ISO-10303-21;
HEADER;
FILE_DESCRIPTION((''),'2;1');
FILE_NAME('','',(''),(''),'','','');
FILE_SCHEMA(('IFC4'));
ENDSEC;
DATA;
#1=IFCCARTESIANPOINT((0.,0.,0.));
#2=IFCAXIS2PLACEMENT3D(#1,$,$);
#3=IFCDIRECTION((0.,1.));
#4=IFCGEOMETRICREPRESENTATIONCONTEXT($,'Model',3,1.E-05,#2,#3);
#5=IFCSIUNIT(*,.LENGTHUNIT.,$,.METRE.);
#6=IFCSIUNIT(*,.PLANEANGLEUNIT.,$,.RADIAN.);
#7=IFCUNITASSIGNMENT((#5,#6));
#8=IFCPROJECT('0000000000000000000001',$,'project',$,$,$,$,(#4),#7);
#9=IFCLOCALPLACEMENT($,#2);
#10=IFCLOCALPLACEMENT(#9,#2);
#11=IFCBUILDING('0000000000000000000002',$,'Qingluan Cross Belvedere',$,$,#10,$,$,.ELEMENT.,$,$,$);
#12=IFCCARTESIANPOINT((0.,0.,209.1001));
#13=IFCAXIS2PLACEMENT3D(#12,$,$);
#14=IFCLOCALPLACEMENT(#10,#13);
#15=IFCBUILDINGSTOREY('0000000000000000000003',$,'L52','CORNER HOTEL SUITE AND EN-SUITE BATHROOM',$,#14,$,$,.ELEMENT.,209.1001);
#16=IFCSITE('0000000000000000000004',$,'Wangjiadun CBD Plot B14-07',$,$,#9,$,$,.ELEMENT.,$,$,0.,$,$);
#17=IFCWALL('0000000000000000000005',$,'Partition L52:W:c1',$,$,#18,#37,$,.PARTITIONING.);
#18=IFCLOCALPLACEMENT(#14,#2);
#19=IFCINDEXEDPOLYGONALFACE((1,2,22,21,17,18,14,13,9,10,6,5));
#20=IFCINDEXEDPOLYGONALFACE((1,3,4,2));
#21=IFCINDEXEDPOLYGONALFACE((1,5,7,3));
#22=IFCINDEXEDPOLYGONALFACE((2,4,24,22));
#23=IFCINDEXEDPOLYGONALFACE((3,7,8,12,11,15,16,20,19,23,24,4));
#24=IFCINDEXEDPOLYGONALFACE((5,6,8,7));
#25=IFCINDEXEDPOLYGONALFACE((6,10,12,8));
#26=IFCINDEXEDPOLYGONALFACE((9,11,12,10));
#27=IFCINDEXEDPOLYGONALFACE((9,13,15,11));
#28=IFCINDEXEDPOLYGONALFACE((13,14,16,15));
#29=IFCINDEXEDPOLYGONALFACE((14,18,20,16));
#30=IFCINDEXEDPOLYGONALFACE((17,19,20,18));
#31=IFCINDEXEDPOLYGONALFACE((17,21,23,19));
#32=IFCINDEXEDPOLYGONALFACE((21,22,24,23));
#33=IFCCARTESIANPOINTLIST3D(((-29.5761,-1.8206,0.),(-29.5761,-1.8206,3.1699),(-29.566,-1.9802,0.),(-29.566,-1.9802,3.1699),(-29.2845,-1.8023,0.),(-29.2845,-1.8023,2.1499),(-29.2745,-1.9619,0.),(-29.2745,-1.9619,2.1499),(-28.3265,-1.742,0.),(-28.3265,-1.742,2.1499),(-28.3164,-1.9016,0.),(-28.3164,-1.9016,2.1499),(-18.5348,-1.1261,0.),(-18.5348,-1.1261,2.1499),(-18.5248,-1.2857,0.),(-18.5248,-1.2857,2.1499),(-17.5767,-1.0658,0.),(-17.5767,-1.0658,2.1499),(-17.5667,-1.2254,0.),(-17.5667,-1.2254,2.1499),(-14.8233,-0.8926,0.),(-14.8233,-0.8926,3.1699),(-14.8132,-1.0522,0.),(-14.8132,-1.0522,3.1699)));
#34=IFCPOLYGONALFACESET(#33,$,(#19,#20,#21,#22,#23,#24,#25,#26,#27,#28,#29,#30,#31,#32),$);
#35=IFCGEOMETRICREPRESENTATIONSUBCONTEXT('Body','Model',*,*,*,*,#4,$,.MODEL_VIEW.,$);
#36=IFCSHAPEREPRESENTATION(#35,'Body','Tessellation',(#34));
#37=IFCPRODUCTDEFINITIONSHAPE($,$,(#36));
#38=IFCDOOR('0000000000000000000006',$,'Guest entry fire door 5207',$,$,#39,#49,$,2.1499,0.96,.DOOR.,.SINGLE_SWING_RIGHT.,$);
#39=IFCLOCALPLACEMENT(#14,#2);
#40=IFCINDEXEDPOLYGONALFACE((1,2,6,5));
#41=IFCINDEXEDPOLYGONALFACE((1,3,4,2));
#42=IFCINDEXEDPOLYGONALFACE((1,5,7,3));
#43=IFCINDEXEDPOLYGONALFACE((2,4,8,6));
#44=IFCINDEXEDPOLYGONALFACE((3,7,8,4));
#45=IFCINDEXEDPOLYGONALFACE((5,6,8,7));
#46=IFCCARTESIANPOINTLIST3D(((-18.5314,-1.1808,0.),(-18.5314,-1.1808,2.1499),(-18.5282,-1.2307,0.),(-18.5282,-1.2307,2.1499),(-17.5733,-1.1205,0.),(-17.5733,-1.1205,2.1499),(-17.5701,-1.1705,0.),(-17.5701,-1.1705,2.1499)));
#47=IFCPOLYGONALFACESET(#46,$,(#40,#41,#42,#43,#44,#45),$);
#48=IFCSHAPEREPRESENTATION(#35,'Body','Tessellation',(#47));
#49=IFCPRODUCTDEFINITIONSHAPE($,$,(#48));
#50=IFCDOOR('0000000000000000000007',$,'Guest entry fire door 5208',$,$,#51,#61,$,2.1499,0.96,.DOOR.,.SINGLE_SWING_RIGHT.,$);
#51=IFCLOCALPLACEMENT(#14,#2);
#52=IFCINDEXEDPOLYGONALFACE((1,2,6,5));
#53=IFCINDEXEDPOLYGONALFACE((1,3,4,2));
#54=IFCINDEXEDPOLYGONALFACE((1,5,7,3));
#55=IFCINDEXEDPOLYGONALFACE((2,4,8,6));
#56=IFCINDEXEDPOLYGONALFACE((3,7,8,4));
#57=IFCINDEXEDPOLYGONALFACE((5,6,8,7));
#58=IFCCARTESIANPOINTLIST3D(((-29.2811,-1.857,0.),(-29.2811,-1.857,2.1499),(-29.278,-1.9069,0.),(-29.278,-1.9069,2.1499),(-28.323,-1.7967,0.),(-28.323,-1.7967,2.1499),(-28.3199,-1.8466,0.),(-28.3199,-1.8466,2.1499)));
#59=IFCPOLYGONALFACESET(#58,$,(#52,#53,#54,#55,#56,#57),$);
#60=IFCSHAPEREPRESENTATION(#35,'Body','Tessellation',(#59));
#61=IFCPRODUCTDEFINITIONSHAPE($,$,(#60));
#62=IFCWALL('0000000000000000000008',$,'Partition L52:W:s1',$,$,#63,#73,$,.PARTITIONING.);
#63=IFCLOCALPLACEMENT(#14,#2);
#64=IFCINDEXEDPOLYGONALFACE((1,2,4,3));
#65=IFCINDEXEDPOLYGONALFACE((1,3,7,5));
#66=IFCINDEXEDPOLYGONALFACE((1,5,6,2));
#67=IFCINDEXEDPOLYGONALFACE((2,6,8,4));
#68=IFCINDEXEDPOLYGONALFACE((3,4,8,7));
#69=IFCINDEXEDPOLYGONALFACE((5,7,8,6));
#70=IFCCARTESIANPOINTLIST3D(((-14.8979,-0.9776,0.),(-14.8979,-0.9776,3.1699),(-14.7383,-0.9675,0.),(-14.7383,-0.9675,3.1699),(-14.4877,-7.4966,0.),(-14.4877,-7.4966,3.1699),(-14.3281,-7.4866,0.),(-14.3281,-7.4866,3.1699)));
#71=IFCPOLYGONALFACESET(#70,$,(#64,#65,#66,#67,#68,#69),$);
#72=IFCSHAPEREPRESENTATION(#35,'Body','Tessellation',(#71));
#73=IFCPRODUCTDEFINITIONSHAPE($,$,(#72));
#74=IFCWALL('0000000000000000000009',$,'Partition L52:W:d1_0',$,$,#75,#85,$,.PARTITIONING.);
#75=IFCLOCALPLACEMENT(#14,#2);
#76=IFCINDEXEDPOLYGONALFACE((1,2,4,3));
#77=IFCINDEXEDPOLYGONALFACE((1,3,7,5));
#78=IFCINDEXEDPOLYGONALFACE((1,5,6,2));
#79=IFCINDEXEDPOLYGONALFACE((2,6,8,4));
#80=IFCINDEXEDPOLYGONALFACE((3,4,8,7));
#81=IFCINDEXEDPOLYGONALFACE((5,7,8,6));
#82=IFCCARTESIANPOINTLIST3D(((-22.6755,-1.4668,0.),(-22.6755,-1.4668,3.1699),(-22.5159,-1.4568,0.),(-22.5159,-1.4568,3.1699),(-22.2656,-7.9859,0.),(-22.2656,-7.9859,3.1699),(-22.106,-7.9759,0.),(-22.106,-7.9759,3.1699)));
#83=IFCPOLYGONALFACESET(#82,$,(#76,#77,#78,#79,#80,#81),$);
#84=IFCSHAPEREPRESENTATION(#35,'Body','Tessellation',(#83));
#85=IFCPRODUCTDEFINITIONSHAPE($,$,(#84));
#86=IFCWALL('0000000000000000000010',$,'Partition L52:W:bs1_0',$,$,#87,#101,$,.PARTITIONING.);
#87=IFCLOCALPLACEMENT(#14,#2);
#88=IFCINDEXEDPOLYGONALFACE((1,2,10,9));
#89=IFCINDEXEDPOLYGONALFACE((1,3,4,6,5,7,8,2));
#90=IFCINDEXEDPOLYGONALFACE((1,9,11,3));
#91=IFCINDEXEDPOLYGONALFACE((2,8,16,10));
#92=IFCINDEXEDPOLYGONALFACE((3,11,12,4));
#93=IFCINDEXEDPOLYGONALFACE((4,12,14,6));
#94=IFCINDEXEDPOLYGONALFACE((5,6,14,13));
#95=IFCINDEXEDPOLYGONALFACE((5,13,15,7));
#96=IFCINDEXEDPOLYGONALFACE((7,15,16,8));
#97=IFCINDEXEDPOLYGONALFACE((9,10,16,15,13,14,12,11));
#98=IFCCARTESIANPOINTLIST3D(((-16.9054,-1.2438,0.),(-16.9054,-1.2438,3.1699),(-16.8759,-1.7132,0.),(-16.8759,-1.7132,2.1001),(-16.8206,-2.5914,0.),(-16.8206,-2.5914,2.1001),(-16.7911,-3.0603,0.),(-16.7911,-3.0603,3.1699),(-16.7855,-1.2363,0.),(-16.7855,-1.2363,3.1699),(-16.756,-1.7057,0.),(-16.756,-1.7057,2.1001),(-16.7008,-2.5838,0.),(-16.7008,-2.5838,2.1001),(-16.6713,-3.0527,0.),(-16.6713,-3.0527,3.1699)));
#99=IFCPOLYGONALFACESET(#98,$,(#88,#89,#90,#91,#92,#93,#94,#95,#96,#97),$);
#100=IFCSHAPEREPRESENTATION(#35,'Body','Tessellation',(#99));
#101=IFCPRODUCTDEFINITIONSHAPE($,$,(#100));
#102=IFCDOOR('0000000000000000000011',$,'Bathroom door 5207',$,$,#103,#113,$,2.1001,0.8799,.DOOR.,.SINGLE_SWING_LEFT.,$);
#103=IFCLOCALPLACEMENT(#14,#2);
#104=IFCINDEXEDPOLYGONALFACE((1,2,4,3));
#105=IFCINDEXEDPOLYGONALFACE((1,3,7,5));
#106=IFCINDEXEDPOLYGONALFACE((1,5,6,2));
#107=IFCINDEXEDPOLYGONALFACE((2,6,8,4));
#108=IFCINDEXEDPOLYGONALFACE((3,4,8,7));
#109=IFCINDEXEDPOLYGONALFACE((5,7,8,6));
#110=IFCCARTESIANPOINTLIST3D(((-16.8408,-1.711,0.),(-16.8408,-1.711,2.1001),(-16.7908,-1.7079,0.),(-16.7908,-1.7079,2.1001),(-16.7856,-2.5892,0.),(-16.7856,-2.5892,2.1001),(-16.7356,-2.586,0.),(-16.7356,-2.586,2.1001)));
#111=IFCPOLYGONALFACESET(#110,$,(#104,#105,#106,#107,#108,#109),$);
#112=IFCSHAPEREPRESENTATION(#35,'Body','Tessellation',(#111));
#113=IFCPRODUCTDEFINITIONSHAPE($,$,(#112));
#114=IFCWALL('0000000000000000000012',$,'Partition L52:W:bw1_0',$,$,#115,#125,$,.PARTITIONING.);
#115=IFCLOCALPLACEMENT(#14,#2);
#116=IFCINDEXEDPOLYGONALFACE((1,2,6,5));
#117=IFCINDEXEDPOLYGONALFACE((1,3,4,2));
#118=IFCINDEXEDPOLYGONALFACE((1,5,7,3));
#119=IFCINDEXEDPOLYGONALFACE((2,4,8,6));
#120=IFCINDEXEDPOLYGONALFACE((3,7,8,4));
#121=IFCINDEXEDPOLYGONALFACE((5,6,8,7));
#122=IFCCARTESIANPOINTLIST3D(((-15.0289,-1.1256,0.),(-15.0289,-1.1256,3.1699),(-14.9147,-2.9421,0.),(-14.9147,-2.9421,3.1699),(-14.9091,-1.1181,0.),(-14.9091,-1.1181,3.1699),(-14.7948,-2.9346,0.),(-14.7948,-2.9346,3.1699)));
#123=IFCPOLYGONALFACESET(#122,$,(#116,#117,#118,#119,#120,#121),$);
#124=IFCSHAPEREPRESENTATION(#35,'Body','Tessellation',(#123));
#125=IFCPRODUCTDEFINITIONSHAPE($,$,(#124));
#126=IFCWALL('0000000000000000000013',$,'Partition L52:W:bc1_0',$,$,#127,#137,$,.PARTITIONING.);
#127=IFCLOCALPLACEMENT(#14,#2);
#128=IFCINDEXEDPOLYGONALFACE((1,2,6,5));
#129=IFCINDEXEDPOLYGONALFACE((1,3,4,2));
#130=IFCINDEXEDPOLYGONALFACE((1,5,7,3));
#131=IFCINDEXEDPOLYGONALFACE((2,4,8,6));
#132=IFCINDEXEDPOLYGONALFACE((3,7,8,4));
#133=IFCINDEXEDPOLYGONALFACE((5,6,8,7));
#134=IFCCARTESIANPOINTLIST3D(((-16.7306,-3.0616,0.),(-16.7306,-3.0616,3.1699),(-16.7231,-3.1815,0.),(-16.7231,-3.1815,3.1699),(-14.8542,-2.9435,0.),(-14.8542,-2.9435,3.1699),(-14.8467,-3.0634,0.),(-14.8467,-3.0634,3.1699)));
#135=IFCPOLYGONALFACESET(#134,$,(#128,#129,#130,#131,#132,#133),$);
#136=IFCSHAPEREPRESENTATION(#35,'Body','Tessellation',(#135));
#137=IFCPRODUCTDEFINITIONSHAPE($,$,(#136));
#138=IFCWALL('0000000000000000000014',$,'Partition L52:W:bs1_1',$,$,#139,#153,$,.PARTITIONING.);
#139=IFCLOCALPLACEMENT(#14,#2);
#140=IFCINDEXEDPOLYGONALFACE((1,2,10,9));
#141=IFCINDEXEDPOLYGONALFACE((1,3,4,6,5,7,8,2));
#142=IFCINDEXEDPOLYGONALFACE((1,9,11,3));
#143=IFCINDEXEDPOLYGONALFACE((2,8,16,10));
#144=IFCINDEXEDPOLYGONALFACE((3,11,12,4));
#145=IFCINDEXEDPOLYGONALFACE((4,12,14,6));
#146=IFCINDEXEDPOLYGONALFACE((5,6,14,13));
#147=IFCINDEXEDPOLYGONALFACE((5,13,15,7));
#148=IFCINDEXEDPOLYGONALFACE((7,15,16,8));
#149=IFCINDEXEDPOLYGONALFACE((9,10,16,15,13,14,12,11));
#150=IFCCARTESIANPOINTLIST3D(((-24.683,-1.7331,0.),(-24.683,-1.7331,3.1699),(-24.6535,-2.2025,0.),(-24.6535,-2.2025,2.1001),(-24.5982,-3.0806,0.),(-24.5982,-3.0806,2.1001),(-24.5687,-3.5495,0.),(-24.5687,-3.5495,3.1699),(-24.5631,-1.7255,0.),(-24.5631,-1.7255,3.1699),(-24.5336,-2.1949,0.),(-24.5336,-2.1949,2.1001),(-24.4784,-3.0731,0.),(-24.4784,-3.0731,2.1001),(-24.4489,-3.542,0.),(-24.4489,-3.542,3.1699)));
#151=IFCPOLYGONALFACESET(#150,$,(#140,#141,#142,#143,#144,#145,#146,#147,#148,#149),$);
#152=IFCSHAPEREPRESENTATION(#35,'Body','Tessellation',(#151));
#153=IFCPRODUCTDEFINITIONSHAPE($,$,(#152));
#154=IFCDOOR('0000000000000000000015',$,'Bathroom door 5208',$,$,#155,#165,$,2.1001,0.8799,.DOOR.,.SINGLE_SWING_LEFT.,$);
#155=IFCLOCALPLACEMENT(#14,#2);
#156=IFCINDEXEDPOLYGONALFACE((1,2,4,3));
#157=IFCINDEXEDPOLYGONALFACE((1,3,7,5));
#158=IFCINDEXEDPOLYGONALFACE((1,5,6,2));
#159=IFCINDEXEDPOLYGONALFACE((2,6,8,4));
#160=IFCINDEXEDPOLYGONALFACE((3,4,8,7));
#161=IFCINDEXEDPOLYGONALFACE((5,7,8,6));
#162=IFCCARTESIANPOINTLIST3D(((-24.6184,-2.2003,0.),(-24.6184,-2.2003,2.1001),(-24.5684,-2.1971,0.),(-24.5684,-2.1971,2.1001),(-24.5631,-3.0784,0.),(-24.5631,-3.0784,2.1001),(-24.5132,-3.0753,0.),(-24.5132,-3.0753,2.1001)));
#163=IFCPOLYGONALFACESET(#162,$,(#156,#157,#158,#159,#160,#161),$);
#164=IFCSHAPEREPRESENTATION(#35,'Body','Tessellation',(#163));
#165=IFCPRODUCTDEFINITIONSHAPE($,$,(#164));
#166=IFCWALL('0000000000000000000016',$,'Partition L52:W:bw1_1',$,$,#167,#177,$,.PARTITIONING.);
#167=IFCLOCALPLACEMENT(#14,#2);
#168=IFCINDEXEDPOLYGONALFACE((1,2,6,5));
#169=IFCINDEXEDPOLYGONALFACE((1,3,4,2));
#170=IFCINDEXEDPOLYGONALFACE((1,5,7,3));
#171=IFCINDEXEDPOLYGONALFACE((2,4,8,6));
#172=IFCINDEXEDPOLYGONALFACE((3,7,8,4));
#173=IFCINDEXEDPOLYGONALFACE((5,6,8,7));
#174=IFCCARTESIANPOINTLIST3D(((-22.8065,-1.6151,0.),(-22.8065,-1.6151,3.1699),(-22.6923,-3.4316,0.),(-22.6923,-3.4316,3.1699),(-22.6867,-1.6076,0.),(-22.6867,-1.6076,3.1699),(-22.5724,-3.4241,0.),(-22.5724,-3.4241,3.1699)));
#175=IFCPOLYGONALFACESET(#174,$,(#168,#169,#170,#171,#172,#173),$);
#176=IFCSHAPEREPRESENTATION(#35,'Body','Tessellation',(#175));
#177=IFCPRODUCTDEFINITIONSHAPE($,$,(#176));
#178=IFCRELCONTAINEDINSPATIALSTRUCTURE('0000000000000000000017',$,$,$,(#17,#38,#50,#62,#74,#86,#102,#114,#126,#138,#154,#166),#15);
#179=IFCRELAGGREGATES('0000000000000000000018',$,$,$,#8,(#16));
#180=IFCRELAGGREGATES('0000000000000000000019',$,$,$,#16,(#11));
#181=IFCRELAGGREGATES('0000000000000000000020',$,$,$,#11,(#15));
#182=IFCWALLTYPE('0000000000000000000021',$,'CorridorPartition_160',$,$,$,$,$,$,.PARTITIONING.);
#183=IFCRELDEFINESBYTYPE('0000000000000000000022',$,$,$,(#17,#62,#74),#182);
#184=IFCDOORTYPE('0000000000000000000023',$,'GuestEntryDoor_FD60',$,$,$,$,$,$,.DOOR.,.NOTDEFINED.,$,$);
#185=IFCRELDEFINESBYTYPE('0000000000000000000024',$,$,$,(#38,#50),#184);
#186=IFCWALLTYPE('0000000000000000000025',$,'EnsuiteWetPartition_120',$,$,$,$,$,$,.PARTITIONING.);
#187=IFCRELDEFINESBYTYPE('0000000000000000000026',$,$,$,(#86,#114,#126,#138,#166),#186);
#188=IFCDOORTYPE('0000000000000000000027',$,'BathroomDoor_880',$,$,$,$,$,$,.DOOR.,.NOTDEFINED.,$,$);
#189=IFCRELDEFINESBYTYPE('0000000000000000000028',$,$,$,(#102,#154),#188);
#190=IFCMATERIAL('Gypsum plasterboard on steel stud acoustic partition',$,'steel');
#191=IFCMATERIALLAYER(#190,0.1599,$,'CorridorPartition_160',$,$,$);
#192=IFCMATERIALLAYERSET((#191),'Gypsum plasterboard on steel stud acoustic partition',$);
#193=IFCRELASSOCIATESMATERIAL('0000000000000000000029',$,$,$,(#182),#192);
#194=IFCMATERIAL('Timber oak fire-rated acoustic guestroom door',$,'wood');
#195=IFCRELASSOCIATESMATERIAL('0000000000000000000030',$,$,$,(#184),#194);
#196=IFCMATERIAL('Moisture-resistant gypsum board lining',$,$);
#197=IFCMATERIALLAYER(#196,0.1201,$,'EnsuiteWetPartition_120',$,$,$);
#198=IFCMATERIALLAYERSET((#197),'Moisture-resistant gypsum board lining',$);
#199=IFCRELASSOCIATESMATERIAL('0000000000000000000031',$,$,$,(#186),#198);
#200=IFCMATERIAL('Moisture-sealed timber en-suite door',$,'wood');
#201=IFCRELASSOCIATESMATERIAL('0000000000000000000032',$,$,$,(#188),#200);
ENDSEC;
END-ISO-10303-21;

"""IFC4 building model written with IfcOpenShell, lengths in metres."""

from ifc_helpers import new_model, si_unit, direction, frame, frame_2d, origin, place, context, subcontext, project, spatial, rectangle, extrude, material, layer, layer_set, type_object, element, fill, save


model = new_model("IFC4")

# Units and contexts
model_context = context("Model", 3, precision=1e-05, world=origin(), true_north=direction((0.0, 1.0)))
body_context = subcontext(model_context, "Body", "Model", "MODEL_VIEW")
ifc_project = project(units=[si_unit("LENGTHUNIT", "METRE"), si_unit("PLANEANGLEUNIT", "RADIAN")], contexts=[model_context])

# Site, building, storey
site_placement = place(None, origin())
site = spatial("IfcSite", under=ifc_project, at=site_placement, Name="Wangjiadun CBD Plot B14-07", CompositionType="ELEMENT", RefElevation=0.0)
building_placement = place(site_placement, origin())
building = spatial("IfcBuilding", under=site, at=building_placement, Name="Qingluan Cross Belvedere", CompositionType="ELEMENT")
storey_placement = place(building_placement, frame((0.0, 0.0, 209.1001)))
storey = spatial("IfcBuildingStorey", under=building, at=storey_placement, Name="L52", Description="CORNER HOTEL SUITE AND EN-SUITE BATHROOM", CompositionType="ELEMENT", Elevation=209.1001)

# Shared definitions
ifc_material_1 = material(Name="Gypsum plasterboard on steel stud acoustic partition", Category="steel")
ifc_layer_1 = layer(ifc_material_1, 0.1599, Name="CorridorPartition_160")
ifc_layer_set_1 = layer_set([ifc_layer_1], Name="Gypsum plasterboard on steel stud acoustic partition")
wall_type_1 = type_object("IfcWallType", Name="CorridorPartition_160", PredefinedType="PARTITIONING", material=ifc_layer_set_1)

# Wall, openings, doors
wall_1_placement = place(storey_placement, frame((-14.8181, -0.9724, 0.0), z_axis=(0.0, 0.0, 1.0), x_axis=(-0.998028, -0.062777, 0.0)))
wall_1 = element("IfcWall", 1, at=wall_1_placement, inside=storey, type_object=wall_type_1, Name="Partition L52:W:c1", PredefinedType="PARTITIONING", context=body_context, shape_type="SweptSolid", body=[
    extrude(rectangle(XDim=14.782, YDim=0.1599, at=frame_2d((7.3911, 0.0))), origin(), (0.0, 0.0, 1.0), 3.1699),
])
opening_1_placement = place(wall_1_placement, frame((2.759, 0.0, 0.0)))
opening_1 = element("IfcOpeningElement", 2, at=opening_1_placement, cuts=wall_1, PredefinedType="OPENING", context=body_context, shape_type="SweptSolid", body=[
    extrude(rectangle(XDim=0.96, YDim=2.1499, at=frame_2d((0.48, 1.075))), frame((0.0, 0.0898, 0.0), z_axis=(0.0, -1.0, 0.0), x_axis=(1.0, 0.0, 0.0)), (0.0, 0.0, 1.0), 0.1799),
])
opening_2_placement = place(wall_1_placement, frame((13.53, 0.0, 0.0)))
opening_2 = element("IfcOpeningElement", 3, at=opening_2_placement, cuts=wall_1, PredefinedType="OPENING", context=body_context, shape_type="SweptSolid", body=[
    extrude(rectangle(XDim=0.96, YDim=2.1499, at=frame_2d((0.48, 1.075))), frame((0.0, 0.0898, 0.0), z_axis=(0.0, -1.0, 0.0), x_axis=(1.0, 0.0, 0.0)), (0.0, 0.0, 1.0), 0.1799),
])
ifc_material_2 = material(Name="Timber oak fire-rated acoustic guestroom door", Category="wood")
door_type_1 = type_object("IfcDoorType", Name="GuestEntryDoor_FD60", OperationType="NOTDEFINED", PredefinedType="DOOR", material=ifc_material_2)
door_1_placement = place(opening_1_placement, origin())
door_1 = element("IfcDoor", 4, at=door_1_placement, inside=storey, type_object=door_type_1, Name="Guest entry fire door 5207", OperationType="SINGLE_SWING_RIGHT", OverallHeight=2.1499, OverallWidth=0.96, PredefinedType="DOOR", context=body_context, shape_type="SweptSolid", body=[
    extrude(rectangle(XDim=0.96, YDim=2.1499, at=frame_2d((0.48, 1.075))), frame((0.0, 0.0249, 0.0), z_axis=(0.0, -1.0, 0.0), x_axis=(1.0, 0.0, 0.0)), (0.0, 0.0, 1.0), 0.05),
])
fill(opening_1, door_1)
door_2_placement = place(opening_2_placement, origin())
door_2 = element("IfcDoor", 5, at=door_2_placement, inside=storey, type_object=door_type_1, Name="Guest entry fire door 5208", OperationType="SINGLE_SWING_RIGHT", OverallHeight=2.1499, OverallWidth=0.96, PredefinedType="DOOR", context=body_context, shape_type="SweptSolid", body=[
    extrude(rectangle(XDim=0.96, YDim=2.1499, at=frame_2d((0.48, 1.075))), frame((0.0, 0.0249, 0.0), z_axis=(0.0, -1.0, 0.0), x_axis=(1.0, 0.0, 0.0)), (0.0, 0.0, 1.0), 0.05),
])
fill(opening_2, door_2)

# Walls
for number, where, z_axis, x_axis, name in (
    (6, (-14.8181, -0.9724, 0.0), (0.0, 0.0, 1.0), (0.062792, -0.998027, 0.0), "Partition L52:W:s1"),
    (7, (-22.5957, -1.4617, 0.0), (0.0, 0.0, 1.0), (0.062755, -0.998029, 0.0), "Partition L52:W:d1_0"),
):
    element("IfcWall", number, at=place(storey_placement, frame(where, z_axis=z_axis, x_axis=x_axis)), inside=storey, type_object=wall_type_1, Name=name, PredefinedType="PARTITIONING", context=body_context, shape_type="SweptSolid", body=[
        extrude(rectangle(XDim=6.532, YDim=0.1599, at=frame_2d((3.2661, 0.0))), origin(), (0.0, 0.0, 1.0), 3.1699),
    ])

# Wall, opening, door
ifc_material_3 = material(Name="Moisture-resistant gypsum board lining")
ifc_layer_2 = layer(ifc_material_3, 0.1201, Name="EnsuiteWetPartition_120")
ifc_layer_set_2 = layer_set([ifc_layer_2], Name="Moisture-resistant gypsum board lining")
wall_type_2 = type_object("IfcWallType", Name="EnsuiteWetPartition_120", PredefinedType="PARTITIONING", material=ifc_layer_set_2)
wall_2_placement = place(storey_placement, frame((-16.7312, -3.0566, 0.0), z_axis=(0.0, 0.0, 1.0), x_axis=(-0.062779, 0.998027, 0.0)))
wall_2 = element("IfcWall", 8, at=wall_2_placement, inside=storey, type_object=wall_type_2, Name="Partition L52:W:bs1_0", PredefinedType="PARTITIONING", context=body_context, shape_type="SweptSolid", body=[
    extrude(rectangle(XDim=1.8201, YDim=0.1201, at=frame_2d((0.9102, 0.0))), origin(), (0.0, 0.0, 1.0), 3.1699),
])
opening_3_placement = place(wall_2_placement, frame((0.47, 0.0, 0.0)))
opening_3 = element("IfcOpeningElement", 9, at=opening_3_placement, cuts=wall_2, PredefinedType="OPENING", context=body_context, shape_type="SweptSolid", body=[
    extrude(rectangle(XDim=0.8799, YDim=2.1001, at=frame_2d((0.4399, 1.05))), frame((0.0, 0.0701, 0.0), z_axis=(0.0, -1.0, 0.0), x_axis=(1.0, 0.0, 0.0)), (0.0, 0.0, 1.0), 0.1401),
])
ifc_material_4 = material(Name="Moisture-sealed timber en-suite door", Category="wood")
door_type_2 = type_object("IfcDoorType", Name="BathroomDoor_880", OperationType="NOTDEFINED", PredefinedType="DOOR", material=ifc_material_4)
door_3_placement = place(opening_3_placement, origin())
door_3 = element("IfcDoor", 10, at=door_3_placement, inside=storey, type_object=door_type_2, Name="Bathroom door 5207", OperationType="SINGLE_SWING_LEFT", OverallHeight=2.1001, OverallWidth=0.8799, PredefinedType="DOOR", context=body_context, shape_type="SweptSolid", body=[
    extrude(rectangle(XDim=0.8799, YDim=2.1001, at=frame_2d((0.4399, 1.05))), frame((0.0, 0.0249, 0.0), z_axis=(0.0, -1.0, 0.0), x_axis=(1.0, 0.0, 0.0)), (0.0, 0.0, 1.0), 0.05),
])
fill(opening_3, door_3)

# Walls
wall_3_placement = place(storey_placement, frame((-14.8547, -2.9385, 0.0), z_axis=(0.0, 0.0, 1.0), x_axis=(-0.062779, 0.998027, 0.0)))
element("IfcWall", 11, at=wall_3_placement, inside=storey, type_object=wall_type_2, Name="Partition L52:W:bw1_0", PredefinedType="PARTITIONING", context=body_context, shape_type="SweptSolid", body=[
    extrude(rectangle(XDim=1.8201, YDim=0.1201, at=frame_2d((0.9102, 0.0))), origin(), (0.0, 0.0, 1.0), 3.1699),
])
wall_4_placement = place(storey_placement, frame((-14.8506, -3.0034, 0.0), z_axis=(0.0, 0.0, 1.0), x_axis=(-0.998023, -0.062847, 0.0)))
element("IfcWall", 12, at=wall_4_placement, inside=storey, type_object=wall_type_2, Name="Partition L52:W:bc1_0", PredefinedType="PARTITIONING", context=body_context, shape_type="SweptSolid", body=[
    extrude(rectangle(XDim=1.8801, YDim=0.1201, at=frame_2d((0.9399, 0.0))), origin(), (0.0, 0.0, 1.0), 3.1699),
])

# Wall, opening, door
wall_5_placement = place(storey_placement, frame((-24.5088, -3.5459, 0.0), z_axis=(0.0, 0.0, 1.0), x_axis=(-0.062779, 0.998027, 0.0)))
wall_5 = element("IfcWall", 13, at=wall_5_placement, inside=storey, type_object=wall_type_2, Name="Partition L52:W:bs1_1", PredefinedType="PARTITIONING", context=body_context, shape_type="SweptSolid", body=[
    extrude(rectangle(XDim=1.8201, YDim=0.1201, at=frame_2d((0.9102, 0.0))), origin(), (0.0, 0.0, 1.0), 3.1699),
])
opening_4_placement = place(wall_5_placement, frame((0.47, 0.0, 0.0)))
opening_4 = element("IfcOpeningElement", 14, at=opening_4_placement, cuts=wall_5, PredefinedType="OPENING", context=body_context, shape_type="SweptSolid", body=[
    extrude(rectangle(XDim=0.8799, YDim=2.1001, at=frame_2d((0.4399, 1.05))), frame((0.0, 0.0701, 0.0), z_axis=(0.0, -1.0, 0.0), x_axis=(1.0, 0.0, 0.0)), (0.0, 0.0, 1.0), 0.1401),
])
door_4_placement = place(opening_4_placement, origin())
door_4 = element("IfcDoor", 15, at=door_4_placement, inside=storey, type_object=door_type_2, Name="Bathroom door 5208", OperationType="SINGLE_SWING_LEFT", OverallHeight=2.1001, OverallWidth=0.8799, PredefinedType="DOOR", context=body_context, shape_type="SweptSolid", body=[
    extrude(rectangle(XDim=0.8799, YDim=2.1001, at=frame_2d((0.4399, 1.05))), frame((0.0, 0.0249, 0.0), z_axis=(0.0, -1.0, 0.0), x_axis=(1.0, 0.0, 0.0)), (0.0, 0.0, 1.0), 0.05),
])
fill(opening_4, door_4)

# Wall
wall_6_placement = place(storey_placement, frame((-22.6323, -3.428, 0.0), z_axis=(0.0, 0.0, 1.0), x_axis=(-0.062779, 0.998027, 0.0)))
element("IfcWall", 16, at=wall_6_placement, inside=storey, type_object=wall_type_2, Name="Partition L52:W:bw1_1", PredefinedType="PARTITIONING", context=body_context, shape_type="SweptSolid", body=[
    extrude(rectangle(XDim=1.8201, YDim=0.1201, at=frame_2d((0.9102, 0.0))), origin(), (0.0, 0.0, 1.0), 3.1699),
])

save(model, "model.ifc")
